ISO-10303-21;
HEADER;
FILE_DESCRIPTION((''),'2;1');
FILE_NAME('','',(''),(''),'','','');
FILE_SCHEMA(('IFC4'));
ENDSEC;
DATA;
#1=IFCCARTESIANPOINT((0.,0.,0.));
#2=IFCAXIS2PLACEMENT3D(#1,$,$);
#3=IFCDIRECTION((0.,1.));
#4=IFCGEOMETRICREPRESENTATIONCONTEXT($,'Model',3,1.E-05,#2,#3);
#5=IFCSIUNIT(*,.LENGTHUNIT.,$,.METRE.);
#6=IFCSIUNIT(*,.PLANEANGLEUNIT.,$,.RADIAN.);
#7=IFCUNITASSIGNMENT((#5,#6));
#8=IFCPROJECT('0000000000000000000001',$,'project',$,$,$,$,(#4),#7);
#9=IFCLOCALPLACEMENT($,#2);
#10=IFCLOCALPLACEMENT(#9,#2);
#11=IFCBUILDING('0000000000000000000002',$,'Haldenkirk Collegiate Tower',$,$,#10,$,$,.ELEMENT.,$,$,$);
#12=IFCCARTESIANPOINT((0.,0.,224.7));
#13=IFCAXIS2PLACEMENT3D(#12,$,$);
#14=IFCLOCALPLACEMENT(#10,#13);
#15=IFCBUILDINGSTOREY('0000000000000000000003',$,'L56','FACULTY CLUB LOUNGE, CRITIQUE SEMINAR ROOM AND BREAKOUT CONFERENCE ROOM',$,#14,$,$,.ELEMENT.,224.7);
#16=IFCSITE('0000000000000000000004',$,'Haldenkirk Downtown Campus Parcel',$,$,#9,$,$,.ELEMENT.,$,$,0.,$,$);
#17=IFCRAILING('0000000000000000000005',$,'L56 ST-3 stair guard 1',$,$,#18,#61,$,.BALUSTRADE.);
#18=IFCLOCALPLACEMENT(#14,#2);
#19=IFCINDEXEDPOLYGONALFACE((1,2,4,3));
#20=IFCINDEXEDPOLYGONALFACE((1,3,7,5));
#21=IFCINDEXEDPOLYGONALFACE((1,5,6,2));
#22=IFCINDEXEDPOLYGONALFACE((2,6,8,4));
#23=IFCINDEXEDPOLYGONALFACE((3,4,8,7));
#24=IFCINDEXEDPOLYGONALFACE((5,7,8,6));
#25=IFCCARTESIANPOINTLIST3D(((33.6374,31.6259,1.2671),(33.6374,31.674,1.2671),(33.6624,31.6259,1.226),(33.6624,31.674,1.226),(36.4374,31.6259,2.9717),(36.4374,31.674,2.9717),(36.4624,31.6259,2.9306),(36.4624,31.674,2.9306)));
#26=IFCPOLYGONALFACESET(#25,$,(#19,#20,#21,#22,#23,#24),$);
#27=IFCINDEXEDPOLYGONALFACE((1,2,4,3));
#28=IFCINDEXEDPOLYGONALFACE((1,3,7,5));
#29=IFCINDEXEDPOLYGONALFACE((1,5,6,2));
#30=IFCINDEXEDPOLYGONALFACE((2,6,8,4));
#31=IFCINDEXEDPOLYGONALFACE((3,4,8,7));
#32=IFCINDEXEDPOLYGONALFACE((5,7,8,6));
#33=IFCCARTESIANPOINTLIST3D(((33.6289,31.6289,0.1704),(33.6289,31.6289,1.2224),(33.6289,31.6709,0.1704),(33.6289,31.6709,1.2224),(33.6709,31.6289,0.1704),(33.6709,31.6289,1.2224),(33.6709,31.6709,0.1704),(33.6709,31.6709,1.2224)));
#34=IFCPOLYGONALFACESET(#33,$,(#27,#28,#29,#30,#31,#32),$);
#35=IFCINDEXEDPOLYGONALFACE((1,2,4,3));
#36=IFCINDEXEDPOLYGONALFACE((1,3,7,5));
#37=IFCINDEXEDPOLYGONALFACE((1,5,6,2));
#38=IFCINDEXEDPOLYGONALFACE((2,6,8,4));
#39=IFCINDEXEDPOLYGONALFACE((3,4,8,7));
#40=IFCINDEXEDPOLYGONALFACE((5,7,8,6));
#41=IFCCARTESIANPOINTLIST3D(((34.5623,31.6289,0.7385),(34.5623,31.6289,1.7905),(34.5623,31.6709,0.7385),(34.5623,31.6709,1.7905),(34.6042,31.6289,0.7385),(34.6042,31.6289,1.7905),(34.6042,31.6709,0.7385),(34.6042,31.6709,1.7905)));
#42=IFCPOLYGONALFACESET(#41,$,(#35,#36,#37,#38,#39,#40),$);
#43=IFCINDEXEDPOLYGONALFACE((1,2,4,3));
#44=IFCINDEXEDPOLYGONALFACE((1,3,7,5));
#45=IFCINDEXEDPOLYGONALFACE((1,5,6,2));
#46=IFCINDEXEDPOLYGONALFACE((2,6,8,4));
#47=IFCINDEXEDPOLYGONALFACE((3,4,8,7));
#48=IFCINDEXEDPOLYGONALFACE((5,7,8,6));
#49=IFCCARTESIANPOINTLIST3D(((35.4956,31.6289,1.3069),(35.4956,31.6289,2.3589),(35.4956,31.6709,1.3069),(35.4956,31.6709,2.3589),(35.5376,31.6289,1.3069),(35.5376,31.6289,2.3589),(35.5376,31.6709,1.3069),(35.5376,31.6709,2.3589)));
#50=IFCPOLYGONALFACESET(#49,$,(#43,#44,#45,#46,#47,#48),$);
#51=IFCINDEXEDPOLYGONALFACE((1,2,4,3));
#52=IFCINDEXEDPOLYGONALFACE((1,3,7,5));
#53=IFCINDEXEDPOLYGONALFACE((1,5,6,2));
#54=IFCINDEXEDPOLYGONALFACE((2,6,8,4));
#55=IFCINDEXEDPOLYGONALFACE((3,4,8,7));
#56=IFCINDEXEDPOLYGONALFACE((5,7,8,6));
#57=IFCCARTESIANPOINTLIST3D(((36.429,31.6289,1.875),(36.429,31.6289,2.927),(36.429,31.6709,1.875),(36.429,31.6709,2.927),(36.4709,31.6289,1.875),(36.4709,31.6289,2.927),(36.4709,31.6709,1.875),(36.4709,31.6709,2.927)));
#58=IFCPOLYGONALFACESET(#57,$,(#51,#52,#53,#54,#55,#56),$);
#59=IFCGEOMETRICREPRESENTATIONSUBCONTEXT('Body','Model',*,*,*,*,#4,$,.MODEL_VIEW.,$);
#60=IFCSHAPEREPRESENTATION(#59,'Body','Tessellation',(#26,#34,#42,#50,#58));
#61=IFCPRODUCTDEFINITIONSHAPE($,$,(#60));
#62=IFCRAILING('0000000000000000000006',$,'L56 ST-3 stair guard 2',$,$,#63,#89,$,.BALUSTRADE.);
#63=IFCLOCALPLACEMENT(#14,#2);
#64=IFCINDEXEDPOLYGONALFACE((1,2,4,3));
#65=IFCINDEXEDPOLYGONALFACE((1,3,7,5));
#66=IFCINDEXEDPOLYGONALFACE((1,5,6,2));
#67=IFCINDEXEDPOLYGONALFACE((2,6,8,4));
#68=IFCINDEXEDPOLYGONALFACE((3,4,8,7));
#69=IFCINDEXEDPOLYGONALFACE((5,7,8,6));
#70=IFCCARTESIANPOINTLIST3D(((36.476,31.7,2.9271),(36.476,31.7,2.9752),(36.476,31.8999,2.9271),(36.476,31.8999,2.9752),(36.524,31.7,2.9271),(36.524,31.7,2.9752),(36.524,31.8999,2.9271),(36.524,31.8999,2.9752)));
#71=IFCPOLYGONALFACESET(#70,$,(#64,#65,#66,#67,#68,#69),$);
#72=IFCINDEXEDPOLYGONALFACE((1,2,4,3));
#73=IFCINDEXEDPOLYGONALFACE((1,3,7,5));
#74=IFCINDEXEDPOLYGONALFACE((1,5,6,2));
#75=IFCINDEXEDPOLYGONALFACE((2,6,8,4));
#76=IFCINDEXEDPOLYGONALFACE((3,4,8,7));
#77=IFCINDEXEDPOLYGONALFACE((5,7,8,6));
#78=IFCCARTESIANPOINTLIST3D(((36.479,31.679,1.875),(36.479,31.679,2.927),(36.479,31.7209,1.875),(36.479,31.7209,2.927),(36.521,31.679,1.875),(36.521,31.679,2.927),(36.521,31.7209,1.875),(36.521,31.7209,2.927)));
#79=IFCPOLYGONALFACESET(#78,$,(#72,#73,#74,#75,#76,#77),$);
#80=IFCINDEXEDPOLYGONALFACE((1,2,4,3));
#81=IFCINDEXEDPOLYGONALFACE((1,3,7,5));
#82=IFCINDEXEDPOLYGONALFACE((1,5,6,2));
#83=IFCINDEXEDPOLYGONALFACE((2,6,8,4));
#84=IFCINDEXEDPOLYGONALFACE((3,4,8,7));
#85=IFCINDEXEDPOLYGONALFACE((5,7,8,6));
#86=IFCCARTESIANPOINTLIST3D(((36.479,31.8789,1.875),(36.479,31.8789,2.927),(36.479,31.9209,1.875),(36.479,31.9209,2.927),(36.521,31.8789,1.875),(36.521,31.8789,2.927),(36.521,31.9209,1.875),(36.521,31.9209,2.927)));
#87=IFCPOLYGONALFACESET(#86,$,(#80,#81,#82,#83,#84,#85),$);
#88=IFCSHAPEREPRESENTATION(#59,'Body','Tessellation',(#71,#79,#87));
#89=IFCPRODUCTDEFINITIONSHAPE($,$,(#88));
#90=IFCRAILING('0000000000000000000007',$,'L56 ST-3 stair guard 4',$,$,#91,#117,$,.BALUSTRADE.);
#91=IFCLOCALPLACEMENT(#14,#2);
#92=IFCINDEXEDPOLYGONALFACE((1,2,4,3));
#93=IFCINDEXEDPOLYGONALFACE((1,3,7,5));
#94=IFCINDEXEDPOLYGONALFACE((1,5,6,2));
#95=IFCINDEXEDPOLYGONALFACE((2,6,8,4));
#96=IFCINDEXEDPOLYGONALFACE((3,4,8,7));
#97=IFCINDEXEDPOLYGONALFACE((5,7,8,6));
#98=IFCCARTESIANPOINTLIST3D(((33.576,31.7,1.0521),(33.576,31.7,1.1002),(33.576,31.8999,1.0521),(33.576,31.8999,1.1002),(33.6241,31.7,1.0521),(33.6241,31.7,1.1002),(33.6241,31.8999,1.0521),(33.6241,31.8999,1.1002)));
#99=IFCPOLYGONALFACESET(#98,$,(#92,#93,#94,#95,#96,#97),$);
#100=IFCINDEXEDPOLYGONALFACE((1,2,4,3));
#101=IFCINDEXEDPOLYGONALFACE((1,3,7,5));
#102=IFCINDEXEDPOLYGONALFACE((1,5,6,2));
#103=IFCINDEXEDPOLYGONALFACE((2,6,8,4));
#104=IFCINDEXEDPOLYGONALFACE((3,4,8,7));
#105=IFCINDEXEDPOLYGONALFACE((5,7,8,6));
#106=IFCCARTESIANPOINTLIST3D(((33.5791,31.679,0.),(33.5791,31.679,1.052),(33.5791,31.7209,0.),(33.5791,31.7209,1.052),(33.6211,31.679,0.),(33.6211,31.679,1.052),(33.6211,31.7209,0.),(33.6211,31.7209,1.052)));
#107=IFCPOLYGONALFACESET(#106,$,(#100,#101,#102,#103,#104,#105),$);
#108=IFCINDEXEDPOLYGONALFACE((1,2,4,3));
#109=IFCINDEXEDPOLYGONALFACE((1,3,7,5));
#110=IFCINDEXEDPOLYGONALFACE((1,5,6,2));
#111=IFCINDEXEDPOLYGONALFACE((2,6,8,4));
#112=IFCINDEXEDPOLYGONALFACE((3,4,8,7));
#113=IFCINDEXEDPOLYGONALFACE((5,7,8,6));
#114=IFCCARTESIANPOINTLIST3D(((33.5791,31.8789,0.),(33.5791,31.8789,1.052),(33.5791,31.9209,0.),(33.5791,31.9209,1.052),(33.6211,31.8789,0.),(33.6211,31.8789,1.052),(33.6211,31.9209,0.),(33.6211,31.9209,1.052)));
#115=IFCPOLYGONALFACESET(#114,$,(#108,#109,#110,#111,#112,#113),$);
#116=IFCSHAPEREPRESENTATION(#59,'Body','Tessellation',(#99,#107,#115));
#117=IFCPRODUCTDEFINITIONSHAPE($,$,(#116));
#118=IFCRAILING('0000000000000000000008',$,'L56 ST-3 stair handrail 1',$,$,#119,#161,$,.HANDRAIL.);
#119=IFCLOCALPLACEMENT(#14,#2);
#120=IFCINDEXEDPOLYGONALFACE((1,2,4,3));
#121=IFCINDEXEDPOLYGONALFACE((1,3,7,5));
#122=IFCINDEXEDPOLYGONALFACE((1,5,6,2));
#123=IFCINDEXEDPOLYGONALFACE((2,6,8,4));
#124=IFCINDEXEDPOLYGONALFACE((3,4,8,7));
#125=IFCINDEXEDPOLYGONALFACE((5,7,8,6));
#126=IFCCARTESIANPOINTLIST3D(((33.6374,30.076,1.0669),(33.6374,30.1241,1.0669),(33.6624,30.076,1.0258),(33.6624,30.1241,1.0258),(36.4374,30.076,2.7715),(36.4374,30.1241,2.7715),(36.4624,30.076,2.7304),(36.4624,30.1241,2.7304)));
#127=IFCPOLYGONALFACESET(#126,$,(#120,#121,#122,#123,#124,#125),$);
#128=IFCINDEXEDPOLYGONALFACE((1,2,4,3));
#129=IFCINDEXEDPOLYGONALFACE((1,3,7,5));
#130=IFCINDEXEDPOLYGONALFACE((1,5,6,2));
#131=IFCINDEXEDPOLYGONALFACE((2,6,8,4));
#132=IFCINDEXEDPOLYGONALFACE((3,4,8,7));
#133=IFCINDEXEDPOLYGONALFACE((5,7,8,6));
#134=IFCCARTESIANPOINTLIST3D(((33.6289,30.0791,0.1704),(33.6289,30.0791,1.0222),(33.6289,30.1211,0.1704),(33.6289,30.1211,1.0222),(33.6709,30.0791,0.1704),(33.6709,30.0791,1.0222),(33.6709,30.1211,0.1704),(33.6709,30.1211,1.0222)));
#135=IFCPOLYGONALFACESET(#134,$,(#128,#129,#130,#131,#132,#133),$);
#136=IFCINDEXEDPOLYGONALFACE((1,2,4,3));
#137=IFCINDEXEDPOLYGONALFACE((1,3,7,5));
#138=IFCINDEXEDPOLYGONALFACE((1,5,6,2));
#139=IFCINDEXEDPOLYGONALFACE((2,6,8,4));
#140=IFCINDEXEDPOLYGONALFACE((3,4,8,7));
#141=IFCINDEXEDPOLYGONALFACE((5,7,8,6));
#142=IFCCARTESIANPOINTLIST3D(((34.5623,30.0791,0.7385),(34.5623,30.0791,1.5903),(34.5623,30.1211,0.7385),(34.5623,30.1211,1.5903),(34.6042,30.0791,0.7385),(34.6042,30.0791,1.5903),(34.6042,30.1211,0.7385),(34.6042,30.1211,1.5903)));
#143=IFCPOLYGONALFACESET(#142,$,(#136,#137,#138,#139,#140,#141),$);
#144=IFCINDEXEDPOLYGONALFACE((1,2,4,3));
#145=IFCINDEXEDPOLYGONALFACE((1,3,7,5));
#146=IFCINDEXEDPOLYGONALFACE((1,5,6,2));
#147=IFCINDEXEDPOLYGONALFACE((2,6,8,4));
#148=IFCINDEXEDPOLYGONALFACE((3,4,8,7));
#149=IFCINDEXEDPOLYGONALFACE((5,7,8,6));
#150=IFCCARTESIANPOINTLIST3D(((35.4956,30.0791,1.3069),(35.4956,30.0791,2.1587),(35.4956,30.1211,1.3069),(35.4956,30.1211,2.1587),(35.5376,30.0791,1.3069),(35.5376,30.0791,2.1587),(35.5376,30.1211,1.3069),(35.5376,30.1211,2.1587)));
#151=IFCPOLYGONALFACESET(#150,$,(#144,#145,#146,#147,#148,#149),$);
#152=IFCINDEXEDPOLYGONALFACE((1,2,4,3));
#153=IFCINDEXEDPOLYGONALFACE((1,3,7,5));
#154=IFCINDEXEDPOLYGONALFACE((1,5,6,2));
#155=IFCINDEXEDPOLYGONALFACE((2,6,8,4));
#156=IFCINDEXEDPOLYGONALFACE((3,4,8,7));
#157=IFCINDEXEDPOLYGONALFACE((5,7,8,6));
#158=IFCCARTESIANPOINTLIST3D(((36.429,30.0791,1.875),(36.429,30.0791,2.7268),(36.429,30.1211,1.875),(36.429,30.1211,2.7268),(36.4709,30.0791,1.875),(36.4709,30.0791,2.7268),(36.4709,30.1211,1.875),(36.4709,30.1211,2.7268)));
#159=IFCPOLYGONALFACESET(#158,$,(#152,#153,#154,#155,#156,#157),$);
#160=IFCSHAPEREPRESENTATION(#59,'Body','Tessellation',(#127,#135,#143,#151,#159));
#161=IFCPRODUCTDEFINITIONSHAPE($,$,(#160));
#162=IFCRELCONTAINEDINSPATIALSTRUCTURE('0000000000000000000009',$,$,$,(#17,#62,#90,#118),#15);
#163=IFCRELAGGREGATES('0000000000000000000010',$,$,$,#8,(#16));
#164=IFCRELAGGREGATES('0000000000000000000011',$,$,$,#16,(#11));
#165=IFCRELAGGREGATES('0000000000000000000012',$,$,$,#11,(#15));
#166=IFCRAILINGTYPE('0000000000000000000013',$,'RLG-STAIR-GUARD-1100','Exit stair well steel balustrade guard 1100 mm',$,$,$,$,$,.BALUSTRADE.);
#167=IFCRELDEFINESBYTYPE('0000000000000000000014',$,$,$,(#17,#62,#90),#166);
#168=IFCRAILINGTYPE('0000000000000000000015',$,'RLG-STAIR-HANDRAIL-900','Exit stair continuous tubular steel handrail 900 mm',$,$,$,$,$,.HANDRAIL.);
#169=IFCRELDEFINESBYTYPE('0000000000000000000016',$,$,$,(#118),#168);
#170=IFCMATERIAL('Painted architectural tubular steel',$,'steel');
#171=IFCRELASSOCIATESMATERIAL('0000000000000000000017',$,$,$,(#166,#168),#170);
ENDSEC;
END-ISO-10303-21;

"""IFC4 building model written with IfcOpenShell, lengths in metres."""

from ifc_helpers import new_model, si_unit, direction, frame, origin, origin_2d, place, context, subcontext, project, spatial, rectangle, extrude, material, type_object, element, save


model = new_model("IFC4")

# Units and contexts
model_context = context("Model", 3, precision=1e-05, world=origin(), true_north=direction((0.0, 1.0)))
body_context = subcontext(model_context, "Body", "Model", "MODEL_VIEW")
ifc_project = project(units=[si_unit("LENGTHUNIT", "METRE"), si_unit("PLANEANGLEUNIT", "RADIAN")], contexts=[model_context])

# Site, building, storey
site_placement = place(None, origin())
site = spatial("IfcSite", under=ifc_project, at=site_placement, Name="Haldenkirk Downtown Campus Parcel", CompositionType="ELEMENT", RefElevation=0.0)
building_placement = place(site_placement, origin())
building = spatial("IfcBuilding", under=site, at=building_placement, Name="Haldenkirk Collegiate Tower", CompositionType="ELEMENT")
storey_placement = place(building_placement, frame((0.0, 0.0, 224.7)))
storey = spatial("IfcBuildingStorey", under=building, at=storey_placement, Name="L56", Description="FACULTY CLUB LOUNGE, CRITIQUE SEMINAR ROOM AND BREAKOUT CONFERENCE ROOM", CompositionType="ELEMENT", Elevation=224.7)

# Railings
ifc_material_1 = material(Name="Painted architectural tubular steel", Category="steel")
railing_type_1 = type_object("IfcRailingType", Name="RLG-STAIR-GUARD-1100", Description="Exit stair well steel balustrade guard 1100 mm", PredefinedType="BALUSTRADE", material=ifc_material_1)
railing_1_placement = place(storey_placement, frame((33.6499, 31.6499, 0.1704)))
element("IfcRailing", 1, at=railing_1_placement, inside=storey, type_object=railing_type_1, Name="L56 ST-3 stair guard 1", PredefinedType="BALUSTRADE", context=body_context, shape_type="SweptSolid", body=[
    extrude(rectangle(XDim=0.0481, YDim=0.0481, at=origin_2d()), frame((0.0, 0.0, 1.0762), z_axis=(0.85417, 0.0, 0.519994), x_axis=(0.0, 1.0, 0.0)), (0.0, 0.0, 1.0), 3.2781),
    extrude(rectangle(XDim=0.042, YDim=0.042, at=origin_2d()), origin(), (0.0, 0.0, 1.0), 1.052),
    extrude(rectangle(XDim=0.042, YDim=0.042, at=origin_2d()), frame((0.9333, 0.0, 0.5681)), (0.0, 0.0, 1.0), 1.052),
    extrude(rectangle(XDim=0.042, YDim=0.042, at=origin_2d()), frame((1.8667, 0.0, 1.1365)), (0.0, 0.0, 1.0), 1.052),
    extrude(rectangle(XDim=0.042, YDim=0.042, at=origin_2d()), frame((2.8, 0.0, 1.7046)), (0.0, 0.0, 1.0), 1.052),
])
for number, where, name in (
    (2, (36.5, 31.7, 1.875), "L56 ST-3 stair guard 2"),
    (3, (33.6001, 31.7, 0.0), "L56 ST-3 stair guard 4"),
):
    element("IfcRailing", number, at=place(storey_placement, frame(where)), inside=storey, type_object=railing_type_1, Name=name, PredefinedType="BALUSTRADE", context=body_context, shape_type="SweptSolid", body=[
        extrude(rectangle(XDim=0.0481, YDim=0.0481, at=origin_2d()), frame((0.0, 0.0, 1.0762), z_axis=(0.0, 1.0, 0.0), x_axis=(-1.0, 0.0, 0.0)), (0.0, 0.0, 1.0), 0.2),
        extrude(rectangle(XDim=0.042, YDim=0.042, at=origin_2d()), origin(), (0.0, 0.0, 1.0), 1.052),
        extrude(rectangle(XDim=0.042, YDim=0.042, at=origin_2d()), frame((0.0, 0.2, 0.0)), (0.0, 0.0, 1.0), 1.052),
    ])
railing_type_2 = type_object("IfcRailingType", Name="RLG-STAIR-HANDRAIL-900", Description="Exit stair continuous tubular steel handrail 900 mm", PredefinedType="HANDRAIL", material=ifc_material_1)
railing_2_placement = place(storey_placement, frame((33.6499, 30.1001, 0.1704)))
element("IfcRailing", 4, at=railing_2_placement, inside=storey, type_object=railing_type_2, Name="L56 ST-3 stair handrail 1", PredefinedType="HANDRAIL", context=body_context, shape_type="SweptSolid", body=[
    extrude(rectangle(XDim=0.0481, YDim=0.0481, at=origin_2d()), frame((0.0, 0.0, 0.876), z_axis=(0.85417, 0.0, 0.519994), x_axis=(0.0, 1.0, 0.0)), (0.0, 0.0, 1.0), 3.2781),
    extrude(rectangle(XDim=0.042, YDim=0.042, at=origin_2d()), origin(), (0.0, 0.0, 1.0), 0.8518),
    extrude(rectangle(XDim=0.042, YDim=0.042, at=origin_2d()), frame((0.9333, 0.0, 0.5681)), (0.0, 0.0, 1.0), 0.8518),
    extrude(rectangle(XDim=0.042, YDim=0.042, at=origin_2d()), frame((1.8667, 0.0, 1.1365)), (0.0, 0.0, 1.0), 0.8518),
    extrude(rectangle(XDim=0.042, YDim=0.042, at=origin_2d()), frame((2.8, 0.0, 1.7046)), (0.0, 0.0, 1.0), 0.8518),
])

save(model, "model.ifc")
